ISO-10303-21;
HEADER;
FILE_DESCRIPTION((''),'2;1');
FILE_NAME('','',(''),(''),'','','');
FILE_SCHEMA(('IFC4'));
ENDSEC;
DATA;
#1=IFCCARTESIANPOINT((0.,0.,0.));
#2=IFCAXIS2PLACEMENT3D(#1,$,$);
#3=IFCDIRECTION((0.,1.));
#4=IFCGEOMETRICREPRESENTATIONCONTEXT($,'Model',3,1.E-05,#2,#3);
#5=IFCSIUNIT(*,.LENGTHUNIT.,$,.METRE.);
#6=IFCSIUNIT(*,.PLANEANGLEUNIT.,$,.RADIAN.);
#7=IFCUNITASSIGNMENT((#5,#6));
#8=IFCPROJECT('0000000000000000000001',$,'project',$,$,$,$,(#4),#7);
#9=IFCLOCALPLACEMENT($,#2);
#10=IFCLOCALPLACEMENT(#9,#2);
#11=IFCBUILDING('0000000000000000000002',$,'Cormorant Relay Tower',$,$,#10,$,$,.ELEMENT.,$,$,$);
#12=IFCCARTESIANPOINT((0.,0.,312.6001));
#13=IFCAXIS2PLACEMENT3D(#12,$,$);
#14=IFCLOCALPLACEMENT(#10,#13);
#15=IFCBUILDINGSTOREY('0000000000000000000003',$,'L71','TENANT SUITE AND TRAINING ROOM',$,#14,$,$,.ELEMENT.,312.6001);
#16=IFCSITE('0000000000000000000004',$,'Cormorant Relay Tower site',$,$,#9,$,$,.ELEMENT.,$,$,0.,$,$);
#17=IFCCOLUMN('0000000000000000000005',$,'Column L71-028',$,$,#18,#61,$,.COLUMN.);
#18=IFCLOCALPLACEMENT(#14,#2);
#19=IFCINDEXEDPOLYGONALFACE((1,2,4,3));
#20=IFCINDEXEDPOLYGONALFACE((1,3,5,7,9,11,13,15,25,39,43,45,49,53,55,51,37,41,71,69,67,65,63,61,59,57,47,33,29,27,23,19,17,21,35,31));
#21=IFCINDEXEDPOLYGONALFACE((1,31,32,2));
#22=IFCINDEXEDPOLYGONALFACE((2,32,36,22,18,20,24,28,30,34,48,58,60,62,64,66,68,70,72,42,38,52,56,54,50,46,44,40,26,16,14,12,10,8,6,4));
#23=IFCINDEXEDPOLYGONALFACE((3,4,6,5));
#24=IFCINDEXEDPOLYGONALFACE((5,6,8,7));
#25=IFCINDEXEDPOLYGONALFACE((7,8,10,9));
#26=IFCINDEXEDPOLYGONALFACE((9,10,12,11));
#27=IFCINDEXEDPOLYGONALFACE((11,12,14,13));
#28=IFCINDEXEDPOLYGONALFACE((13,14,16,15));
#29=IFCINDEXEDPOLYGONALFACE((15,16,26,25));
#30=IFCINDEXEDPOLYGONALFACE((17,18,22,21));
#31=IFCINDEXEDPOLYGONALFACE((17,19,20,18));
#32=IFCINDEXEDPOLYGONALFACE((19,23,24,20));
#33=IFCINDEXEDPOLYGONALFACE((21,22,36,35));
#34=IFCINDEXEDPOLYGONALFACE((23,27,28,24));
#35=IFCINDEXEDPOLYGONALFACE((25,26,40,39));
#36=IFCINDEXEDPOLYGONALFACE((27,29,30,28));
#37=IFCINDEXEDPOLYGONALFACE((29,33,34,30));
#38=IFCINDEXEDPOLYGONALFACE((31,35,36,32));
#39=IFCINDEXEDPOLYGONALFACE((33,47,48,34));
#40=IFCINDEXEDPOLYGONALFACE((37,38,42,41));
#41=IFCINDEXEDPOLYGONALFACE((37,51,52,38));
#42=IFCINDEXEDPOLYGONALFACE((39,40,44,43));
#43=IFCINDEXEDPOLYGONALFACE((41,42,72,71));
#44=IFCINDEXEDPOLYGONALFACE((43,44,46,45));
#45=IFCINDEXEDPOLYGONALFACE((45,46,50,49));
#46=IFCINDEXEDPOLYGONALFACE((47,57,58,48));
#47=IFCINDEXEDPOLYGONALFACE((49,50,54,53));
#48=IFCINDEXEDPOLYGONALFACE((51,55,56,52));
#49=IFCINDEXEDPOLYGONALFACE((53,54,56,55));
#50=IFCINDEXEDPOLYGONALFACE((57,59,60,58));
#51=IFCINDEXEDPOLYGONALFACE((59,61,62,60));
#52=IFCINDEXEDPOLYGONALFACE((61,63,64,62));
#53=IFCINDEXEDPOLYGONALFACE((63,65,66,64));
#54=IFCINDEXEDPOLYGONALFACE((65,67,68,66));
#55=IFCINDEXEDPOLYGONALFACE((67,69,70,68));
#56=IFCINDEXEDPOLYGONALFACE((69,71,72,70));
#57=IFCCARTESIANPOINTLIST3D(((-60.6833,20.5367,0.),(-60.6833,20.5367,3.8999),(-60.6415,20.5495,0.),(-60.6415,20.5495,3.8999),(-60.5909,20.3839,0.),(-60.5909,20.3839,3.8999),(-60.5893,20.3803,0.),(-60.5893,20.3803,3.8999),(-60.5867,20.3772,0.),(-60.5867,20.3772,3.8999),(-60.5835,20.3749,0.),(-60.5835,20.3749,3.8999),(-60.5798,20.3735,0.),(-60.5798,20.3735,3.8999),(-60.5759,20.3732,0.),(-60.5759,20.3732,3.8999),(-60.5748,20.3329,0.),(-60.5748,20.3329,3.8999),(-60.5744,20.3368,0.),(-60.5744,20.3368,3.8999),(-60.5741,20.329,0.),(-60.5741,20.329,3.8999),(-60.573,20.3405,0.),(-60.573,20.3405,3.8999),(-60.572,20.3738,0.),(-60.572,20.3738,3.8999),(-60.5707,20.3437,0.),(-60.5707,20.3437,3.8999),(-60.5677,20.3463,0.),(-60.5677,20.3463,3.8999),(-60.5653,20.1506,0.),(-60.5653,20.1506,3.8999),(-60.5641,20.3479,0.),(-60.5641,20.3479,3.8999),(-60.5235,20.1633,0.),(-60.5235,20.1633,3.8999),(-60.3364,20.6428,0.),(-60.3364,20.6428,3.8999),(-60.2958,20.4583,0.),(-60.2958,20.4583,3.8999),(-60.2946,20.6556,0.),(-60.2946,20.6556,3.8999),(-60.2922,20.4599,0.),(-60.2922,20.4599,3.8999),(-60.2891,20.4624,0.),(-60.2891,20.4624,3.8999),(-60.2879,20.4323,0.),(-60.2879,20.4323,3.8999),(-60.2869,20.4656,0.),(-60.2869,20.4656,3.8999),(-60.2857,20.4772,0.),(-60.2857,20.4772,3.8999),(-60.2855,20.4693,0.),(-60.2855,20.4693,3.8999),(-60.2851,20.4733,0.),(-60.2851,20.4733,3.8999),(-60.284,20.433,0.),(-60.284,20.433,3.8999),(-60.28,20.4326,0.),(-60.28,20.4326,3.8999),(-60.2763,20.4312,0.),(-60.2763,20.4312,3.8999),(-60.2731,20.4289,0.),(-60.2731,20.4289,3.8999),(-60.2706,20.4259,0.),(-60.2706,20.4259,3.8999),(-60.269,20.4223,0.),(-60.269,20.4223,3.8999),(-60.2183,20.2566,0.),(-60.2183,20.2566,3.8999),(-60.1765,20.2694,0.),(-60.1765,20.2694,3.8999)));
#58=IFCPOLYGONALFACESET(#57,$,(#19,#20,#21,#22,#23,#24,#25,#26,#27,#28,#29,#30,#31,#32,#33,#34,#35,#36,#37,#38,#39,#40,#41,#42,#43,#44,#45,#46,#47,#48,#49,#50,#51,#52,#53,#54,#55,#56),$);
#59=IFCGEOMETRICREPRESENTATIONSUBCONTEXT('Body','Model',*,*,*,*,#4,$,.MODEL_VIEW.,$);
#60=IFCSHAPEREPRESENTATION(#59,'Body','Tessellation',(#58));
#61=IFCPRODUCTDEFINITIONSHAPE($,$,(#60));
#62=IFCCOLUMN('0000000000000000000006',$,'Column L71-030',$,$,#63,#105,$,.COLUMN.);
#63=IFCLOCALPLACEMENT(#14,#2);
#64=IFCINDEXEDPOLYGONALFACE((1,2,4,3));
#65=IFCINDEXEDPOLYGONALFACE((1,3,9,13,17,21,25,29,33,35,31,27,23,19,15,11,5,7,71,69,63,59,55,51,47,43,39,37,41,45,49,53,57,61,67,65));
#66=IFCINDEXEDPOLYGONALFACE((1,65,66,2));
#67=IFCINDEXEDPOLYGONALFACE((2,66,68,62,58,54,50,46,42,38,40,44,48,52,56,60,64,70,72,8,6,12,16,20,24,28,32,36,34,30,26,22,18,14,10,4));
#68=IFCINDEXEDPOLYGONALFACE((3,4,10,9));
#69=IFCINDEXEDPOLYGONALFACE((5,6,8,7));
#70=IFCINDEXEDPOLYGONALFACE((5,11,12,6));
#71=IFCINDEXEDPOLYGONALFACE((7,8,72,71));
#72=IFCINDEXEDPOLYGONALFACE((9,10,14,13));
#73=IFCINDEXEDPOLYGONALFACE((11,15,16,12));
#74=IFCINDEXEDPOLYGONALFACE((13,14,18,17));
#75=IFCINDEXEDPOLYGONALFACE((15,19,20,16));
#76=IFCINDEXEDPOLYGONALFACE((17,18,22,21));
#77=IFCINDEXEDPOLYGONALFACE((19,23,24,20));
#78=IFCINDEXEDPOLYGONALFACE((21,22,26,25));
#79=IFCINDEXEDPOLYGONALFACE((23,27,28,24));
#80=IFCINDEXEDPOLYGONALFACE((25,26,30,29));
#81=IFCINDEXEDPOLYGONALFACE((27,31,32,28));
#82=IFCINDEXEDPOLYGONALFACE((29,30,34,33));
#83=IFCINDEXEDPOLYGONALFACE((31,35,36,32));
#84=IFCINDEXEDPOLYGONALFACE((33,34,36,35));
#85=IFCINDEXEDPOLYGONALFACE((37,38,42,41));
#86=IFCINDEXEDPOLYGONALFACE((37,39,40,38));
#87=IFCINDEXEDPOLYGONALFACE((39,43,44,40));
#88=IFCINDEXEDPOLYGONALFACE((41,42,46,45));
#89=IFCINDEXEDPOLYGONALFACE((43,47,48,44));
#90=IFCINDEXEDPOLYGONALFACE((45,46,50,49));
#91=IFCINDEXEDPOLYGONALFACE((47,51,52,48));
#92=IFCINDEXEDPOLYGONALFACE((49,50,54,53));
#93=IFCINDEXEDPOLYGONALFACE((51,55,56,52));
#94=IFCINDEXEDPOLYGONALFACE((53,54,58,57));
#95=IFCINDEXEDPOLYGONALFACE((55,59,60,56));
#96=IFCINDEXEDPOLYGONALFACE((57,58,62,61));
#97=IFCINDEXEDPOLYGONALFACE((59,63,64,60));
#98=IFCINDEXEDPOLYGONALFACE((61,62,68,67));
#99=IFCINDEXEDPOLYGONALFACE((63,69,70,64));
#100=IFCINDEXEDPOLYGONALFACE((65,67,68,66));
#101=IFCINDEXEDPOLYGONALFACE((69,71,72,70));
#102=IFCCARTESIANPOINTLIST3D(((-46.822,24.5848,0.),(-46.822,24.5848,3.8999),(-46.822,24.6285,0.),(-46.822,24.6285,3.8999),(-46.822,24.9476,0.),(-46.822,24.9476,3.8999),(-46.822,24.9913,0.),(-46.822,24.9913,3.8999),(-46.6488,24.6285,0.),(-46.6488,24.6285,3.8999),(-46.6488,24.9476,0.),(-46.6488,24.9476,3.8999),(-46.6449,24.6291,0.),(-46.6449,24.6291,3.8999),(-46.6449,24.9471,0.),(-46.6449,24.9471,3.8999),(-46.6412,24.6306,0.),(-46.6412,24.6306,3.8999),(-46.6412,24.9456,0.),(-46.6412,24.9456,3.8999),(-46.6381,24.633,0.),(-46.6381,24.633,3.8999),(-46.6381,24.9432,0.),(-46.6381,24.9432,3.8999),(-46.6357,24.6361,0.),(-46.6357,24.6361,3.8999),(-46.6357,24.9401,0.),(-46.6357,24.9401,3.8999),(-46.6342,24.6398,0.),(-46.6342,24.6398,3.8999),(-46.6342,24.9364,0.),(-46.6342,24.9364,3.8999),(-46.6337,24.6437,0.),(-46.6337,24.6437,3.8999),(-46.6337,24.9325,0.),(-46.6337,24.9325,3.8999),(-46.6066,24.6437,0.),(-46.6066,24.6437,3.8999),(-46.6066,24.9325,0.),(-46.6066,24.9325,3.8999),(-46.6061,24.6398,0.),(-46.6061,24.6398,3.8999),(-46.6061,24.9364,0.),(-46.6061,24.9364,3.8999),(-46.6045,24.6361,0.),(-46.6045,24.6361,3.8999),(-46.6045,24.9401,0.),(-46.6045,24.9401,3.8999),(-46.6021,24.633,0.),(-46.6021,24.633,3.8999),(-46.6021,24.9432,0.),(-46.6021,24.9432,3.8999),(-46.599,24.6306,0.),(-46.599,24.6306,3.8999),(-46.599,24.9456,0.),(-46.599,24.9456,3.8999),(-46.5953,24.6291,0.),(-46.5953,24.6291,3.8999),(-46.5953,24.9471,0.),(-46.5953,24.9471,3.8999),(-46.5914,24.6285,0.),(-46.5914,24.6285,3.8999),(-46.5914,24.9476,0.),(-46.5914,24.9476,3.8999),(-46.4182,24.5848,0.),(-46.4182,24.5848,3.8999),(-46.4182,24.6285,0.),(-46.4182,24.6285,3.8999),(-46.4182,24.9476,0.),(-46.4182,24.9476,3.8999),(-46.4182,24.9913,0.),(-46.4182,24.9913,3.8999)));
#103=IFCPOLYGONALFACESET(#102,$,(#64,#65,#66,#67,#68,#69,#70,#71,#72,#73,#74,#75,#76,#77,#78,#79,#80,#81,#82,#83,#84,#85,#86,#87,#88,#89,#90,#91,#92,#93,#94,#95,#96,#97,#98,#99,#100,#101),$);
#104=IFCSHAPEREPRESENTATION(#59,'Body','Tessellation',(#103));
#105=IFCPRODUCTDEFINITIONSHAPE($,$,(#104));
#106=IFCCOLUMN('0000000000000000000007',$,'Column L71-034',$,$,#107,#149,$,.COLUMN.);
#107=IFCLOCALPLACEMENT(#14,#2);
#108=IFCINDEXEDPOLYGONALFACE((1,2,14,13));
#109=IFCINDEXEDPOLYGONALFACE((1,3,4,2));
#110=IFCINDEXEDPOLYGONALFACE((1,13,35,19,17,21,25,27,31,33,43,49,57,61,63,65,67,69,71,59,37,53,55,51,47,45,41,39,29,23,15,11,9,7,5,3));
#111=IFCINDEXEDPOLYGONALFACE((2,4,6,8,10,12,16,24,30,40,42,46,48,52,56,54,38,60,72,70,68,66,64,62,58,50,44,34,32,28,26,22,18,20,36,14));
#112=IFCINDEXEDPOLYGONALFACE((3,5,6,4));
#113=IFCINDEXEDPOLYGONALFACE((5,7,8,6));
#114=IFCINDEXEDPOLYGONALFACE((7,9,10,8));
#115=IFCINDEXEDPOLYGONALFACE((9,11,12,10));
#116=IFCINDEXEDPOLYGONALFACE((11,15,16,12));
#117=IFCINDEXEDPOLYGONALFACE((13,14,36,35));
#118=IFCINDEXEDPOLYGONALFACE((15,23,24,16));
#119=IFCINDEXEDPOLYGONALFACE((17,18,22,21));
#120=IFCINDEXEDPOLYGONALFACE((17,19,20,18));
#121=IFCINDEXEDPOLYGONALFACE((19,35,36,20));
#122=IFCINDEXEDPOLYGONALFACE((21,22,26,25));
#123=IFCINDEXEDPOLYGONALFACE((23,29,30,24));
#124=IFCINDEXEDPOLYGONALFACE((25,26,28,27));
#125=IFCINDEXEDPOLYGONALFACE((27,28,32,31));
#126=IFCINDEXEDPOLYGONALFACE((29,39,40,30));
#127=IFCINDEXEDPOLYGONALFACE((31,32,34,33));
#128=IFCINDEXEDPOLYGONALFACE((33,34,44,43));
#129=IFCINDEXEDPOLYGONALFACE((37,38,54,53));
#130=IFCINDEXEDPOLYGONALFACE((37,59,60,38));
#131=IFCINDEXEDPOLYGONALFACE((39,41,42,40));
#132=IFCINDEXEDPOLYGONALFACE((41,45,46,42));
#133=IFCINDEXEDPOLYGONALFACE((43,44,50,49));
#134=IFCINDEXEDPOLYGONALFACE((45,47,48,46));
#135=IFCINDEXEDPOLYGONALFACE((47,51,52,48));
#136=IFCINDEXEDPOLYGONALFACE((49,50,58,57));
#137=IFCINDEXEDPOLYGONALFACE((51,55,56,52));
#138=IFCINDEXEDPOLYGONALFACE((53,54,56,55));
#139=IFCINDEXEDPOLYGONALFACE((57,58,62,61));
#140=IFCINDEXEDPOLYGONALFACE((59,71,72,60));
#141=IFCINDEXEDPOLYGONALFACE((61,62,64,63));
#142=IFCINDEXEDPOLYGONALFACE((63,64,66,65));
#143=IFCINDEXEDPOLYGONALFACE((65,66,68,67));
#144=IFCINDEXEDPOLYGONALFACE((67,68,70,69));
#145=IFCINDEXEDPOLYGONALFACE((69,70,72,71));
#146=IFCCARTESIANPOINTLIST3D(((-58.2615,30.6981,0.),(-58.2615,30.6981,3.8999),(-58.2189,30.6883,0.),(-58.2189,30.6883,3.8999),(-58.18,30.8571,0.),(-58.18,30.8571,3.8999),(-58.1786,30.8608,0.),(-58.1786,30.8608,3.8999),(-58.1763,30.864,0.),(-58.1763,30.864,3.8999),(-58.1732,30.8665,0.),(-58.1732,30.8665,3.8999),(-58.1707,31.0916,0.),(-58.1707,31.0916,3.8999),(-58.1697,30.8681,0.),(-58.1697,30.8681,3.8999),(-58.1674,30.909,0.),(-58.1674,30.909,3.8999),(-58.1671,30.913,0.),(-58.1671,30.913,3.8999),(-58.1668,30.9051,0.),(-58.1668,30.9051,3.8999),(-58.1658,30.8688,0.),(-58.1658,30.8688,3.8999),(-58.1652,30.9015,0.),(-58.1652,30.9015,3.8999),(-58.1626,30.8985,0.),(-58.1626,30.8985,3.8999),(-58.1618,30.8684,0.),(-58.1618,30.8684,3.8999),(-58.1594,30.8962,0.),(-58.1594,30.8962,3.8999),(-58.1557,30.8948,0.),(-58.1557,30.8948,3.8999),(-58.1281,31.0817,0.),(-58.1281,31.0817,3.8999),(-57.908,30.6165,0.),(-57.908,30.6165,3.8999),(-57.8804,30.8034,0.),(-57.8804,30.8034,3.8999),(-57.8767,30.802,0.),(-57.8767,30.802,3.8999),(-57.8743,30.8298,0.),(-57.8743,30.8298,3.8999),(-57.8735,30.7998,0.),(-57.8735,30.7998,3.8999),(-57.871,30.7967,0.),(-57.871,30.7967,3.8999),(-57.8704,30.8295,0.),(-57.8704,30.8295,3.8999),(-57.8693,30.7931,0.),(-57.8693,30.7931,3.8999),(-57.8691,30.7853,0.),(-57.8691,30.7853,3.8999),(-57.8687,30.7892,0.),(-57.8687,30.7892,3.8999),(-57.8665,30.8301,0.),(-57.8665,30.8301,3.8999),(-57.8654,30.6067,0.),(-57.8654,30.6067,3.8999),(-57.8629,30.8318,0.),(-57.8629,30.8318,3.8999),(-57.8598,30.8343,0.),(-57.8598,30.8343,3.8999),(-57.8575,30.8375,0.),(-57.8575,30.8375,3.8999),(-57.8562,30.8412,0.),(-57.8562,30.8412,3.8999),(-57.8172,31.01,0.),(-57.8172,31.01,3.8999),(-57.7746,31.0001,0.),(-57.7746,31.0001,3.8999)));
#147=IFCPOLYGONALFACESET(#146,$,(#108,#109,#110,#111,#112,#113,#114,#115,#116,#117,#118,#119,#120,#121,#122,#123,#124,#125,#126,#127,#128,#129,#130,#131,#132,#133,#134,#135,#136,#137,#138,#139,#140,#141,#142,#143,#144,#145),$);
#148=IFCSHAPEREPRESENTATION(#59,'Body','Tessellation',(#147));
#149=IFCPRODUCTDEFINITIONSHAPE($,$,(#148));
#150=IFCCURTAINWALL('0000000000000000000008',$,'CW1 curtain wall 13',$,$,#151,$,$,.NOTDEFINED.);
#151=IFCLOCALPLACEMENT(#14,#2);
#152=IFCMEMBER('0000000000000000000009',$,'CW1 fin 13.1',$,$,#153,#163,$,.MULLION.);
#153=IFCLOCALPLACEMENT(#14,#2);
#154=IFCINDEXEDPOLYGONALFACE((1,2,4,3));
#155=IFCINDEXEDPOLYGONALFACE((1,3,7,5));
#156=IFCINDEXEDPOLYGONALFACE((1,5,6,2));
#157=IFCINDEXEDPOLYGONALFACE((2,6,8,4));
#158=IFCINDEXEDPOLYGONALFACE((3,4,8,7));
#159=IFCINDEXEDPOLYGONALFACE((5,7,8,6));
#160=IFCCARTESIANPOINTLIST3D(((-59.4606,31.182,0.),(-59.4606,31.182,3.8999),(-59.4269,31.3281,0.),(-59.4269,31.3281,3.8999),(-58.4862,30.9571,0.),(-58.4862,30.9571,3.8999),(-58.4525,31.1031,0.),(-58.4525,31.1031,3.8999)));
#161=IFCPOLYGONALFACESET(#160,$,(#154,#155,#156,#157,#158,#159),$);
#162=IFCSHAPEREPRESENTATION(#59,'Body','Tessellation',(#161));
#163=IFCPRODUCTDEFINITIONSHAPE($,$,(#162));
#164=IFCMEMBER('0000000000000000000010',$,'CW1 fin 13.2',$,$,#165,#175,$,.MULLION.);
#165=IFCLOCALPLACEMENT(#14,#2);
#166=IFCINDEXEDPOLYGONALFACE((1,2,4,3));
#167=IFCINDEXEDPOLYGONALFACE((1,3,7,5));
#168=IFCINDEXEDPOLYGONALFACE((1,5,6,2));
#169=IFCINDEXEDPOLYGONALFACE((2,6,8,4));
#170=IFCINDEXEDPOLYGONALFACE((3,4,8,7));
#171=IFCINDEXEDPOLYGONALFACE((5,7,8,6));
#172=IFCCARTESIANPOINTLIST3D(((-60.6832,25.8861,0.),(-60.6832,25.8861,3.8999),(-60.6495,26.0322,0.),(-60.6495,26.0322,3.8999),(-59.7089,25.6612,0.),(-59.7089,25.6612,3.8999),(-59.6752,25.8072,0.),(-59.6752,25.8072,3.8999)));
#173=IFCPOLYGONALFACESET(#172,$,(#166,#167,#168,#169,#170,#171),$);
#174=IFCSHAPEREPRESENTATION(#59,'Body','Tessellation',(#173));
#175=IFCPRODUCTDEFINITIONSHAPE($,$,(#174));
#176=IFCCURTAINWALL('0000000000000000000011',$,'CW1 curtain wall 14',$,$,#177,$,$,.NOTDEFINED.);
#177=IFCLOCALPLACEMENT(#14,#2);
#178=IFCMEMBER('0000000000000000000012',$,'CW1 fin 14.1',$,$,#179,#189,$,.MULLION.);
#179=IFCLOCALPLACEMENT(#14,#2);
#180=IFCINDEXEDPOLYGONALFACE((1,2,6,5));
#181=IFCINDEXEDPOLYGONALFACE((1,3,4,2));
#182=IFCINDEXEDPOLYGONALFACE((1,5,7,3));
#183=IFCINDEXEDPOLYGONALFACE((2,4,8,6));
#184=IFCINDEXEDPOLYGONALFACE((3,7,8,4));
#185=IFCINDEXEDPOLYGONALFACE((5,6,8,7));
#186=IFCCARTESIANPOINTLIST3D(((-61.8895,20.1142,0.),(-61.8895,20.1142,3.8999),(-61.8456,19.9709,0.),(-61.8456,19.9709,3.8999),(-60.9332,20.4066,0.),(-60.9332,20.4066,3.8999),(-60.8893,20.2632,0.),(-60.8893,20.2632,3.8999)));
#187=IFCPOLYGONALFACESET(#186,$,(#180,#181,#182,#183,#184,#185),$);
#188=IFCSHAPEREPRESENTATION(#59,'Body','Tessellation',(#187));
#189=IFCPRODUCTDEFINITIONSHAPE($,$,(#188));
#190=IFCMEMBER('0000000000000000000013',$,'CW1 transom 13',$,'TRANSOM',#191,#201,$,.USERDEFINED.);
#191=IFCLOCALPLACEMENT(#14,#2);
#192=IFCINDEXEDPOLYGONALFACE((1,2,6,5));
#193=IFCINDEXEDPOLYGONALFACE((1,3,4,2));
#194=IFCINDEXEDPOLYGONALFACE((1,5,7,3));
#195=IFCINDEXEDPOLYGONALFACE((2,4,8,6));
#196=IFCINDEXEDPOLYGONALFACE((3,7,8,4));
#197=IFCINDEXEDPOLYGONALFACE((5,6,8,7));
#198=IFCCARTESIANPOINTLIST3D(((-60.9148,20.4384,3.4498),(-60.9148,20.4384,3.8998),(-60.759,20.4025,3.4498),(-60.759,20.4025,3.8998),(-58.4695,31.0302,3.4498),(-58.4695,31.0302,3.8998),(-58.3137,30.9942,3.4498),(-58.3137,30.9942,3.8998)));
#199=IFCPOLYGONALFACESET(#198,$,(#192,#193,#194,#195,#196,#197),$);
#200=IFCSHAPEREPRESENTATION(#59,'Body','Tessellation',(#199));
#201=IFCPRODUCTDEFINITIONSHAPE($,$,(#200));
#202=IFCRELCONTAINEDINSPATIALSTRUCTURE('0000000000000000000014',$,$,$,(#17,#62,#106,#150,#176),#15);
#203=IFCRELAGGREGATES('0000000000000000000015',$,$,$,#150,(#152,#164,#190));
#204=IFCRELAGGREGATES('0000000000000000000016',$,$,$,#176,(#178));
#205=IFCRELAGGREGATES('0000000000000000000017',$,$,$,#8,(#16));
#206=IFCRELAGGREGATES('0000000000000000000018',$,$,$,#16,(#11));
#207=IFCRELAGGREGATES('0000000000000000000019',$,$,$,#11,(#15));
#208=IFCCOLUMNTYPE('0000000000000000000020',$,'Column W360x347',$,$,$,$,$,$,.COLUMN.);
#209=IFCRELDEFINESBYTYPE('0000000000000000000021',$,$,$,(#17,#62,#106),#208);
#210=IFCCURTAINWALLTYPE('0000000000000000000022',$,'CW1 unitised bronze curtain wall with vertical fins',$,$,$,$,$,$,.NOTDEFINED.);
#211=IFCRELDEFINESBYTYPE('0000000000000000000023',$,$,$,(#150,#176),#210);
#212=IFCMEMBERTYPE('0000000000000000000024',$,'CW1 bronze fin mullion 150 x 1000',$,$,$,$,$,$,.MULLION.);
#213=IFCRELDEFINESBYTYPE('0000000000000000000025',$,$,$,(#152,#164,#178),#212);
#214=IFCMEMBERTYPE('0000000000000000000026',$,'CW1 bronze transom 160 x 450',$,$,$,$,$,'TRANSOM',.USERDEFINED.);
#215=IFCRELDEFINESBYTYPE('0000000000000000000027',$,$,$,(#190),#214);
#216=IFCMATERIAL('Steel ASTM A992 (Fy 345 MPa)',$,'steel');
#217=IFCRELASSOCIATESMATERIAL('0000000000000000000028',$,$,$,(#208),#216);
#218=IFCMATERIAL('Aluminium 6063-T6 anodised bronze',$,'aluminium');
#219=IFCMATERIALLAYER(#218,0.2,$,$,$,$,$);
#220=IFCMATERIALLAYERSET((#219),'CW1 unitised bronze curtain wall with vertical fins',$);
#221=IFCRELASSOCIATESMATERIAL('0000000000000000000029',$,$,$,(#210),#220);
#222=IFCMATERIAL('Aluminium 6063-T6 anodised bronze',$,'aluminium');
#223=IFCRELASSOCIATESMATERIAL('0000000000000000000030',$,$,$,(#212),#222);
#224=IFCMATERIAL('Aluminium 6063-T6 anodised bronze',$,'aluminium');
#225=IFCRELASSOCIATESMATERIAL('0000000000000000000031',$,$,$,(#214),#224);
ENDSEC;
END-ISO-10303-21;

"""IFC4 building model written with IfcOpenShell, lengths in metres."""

from ifc_helpers import new_model, si_unit, direction, frame, origin, origin_2d, place, context, subcontext, project, spatial, rectangle, i_section, extrude, material, layer, layer_set, material_profile, profile_set, type_object, element, aggregate, save


model = new_model("IFC4")

# Units and contexts
model_context = context("Model", 3, precision=1e-05, world=origin(), true_north=direction((0.0, 1.0)))
body_context = subcontext(model_context, "Body", "Model", "MODEL_VIEW")
ifc_project = project(units=[si_unit("LENGTHUNIT", "METRE"), si_unit("PLANEANGLEUNIT", "RADIAN")], contexts=[model_context])

# Site, building, storey
site_placement = place(None, origin())
site = spatial("IfcSite", under=ifc_project, at=site_placement, Name="Cormorant Relay Tower site", CompositionType="ELEMENT", RefElevation=0.0)
building_placement = place(site_placement, origin())
building = spatial("IfcBuilding", under=site, at=building_placement, Name="Cormorant Relay Tower", CompositionType="ELEMENT")
storey_placement = place(building_placement, frame((0.0, 0.0, 312.6001)))
storey = spatial("IfcBuildingStorey", under=building, at=storey_placement, Name="L71", Description="TENANT SUITE AND TRAINING ROOM", CompositionType="ELEMENT", Elevation=312.6001)

# Columns
ifc_material_1 = material(Name="Steel ASTM A992 (Fy 345 MPa)", Category="steel")
ifc_material_profile_1 = material_profile(ifc_material_1, i_section(OverallWidth=0.4038, OverallDepth=0.4065, WebThickness=0.0271, FlangeThickness=0.0437, FilletRadius=0.0151, at=origin_2d()), Name="W360x347")
ifc_profile_set_1 = profile_set([ifc_material_profile_1], Name="Steel ASTM A992 (Fy 345 MPa)")
column_type = type_object("IfcColumnType", Name="Column W360x347", PredefinedType="COLUMN", material=ifc_profile_set_1)
for number, where, z_axis, x_axis, name in (
    (1, (-60.4299, 20.4031, 0.0), (0.0, 0.0, 1.0), (0.292372, -0.956305, 0.0), "Column L71-028"),
    (2, (-46.6201, 24.7881, 0.0), (0.0, 0.0, 1.0), (1.0, 0.0, 0.0), "Column L71-030"),
    (3, (-58.0181, 30.8491, 0.0), (0.0, 0.0, 1.0), (-0.224951, -0.97437, 0.0), "Column L71-034"),
):
    element("IfcColumn", number, at=place(storey_placement, frame(where, z_axis=z_axis, x_axis=x_axis)), inside=storey, type_object=column_type, Name=name, PredefinedType="COLUMN", context=body_context, shape_type="SweptSolid", body=[
        extrude(i_section(OverallWidth=0.4038, OverallDepth=0.4065, WebThickness=0.0271, FlangeThickness=0.0437, FilletRadius=0.0151, at=origin_2d()), origin(), (0.0, 0.0, 1.0), 3.8999),
    ])

# Curtain wall, members
ifc_material_2 = material(Name="Aluminium 6063-T6 anodised bronze", Category="aluminium")
ifc_layer_1 = layer(ifc_material_2, 0.2)
ifc_layer_set_1 = layer_set([ifc_layer_1], Name="CW1 unitised bronze curtain wall with vertical fins")
curtain_wall_type = type_object("IfcCurtainWallType", Name="CW1 unitised bronze curtain wall with vertical fins", PredefinedType="NOTDEFINED", material=ifc_layer_set_1)
curtain_wall_1_placement = place(storey_placement, origin())
curtain_wall_1 = element("IfcCurtainWall", 4, at=curtain_wall_1_placement, inside=storey, type_object=curtain_wall_type, Name="CW1 curtain wall 13", PredefinedType="NOTDEFINED")
ifc_material_3 = material(Name="Aluminium 6063-T6 anodised bronze", Category="aluminium")
ifc_material_profile_2 = material_profile(ifc_material_3, rectangle(XDim=0.1499, YDim=1.0, at=origin_2d()), Name="AL 150x1000")
ifc_profile_set_2 = profile_set([ifc_material_profile_2], Name="Aluminium 6063-T6 anodised bronze")
member_type_1 = type_object("IfcMemberType", Name="CW1 bronze fin mullion 150 x 1000", PredefinedType="MULLION", material=ifc_profile_set_2)
member_1_placement = place(storey_placement, frame((-58.9565, 31.1426, 0.0), z_axis=(0.0, 0.0, 1.0), x_axis=(-0.224951, -0.97437, 0.0)))
member_1 = element("IfcMember", 5, at=member_1_placement, type_object=member_type_1, Name="CW1 fin 13.1", PredefinedType="MULLION", context=body_context, shape_type="SweptSolid", body=[
    extrude(rectangle(XDim=0.1499, YDim=1.0, at=origin_2d()), origin(), (0.0, 0.0, 1.0), 3.8999),
])
member_2_placement = place(storey_placement, frame((-60.1792, 25.8467, 0.0), z_axis=(0.0, 0.0, 1.0), x_axis=(-0.224951, -0.97437, 0.0)))
member_2 = element("IfcMember", 6, at=member_2_placement, type_object=member_type_1, Name="CW1 fin 13.2", PredefinedType="MULLION", context=body_context, shape_type="SweptSolid", body=[
    extrude(rectangle(XDim=0.1499, YDim=1.0, at=origin_2d()), origin(), (0.0, 0.0, 1.0), 3.8999),
])

# Curtain wall, member
curtain_wall_2_placement = place(storey_placement, origin())
curtain_wall_2 = element("IfcCurtainWall", 7, at=curtain_wall_2_placement, inside=storey, type_object=curtain_wall_type, Name="CW1 curtain wall 14", PredefinedType="NOTDEFINED")
member_3_placement = place(storey_placement, frame((-61.3894, 20.1887, 0.0), z_axis=(0.0, 0.0, 1.0), x_axis=(0.292372, -0.956305, 0.0)))
member_3 = element("IfcMember", 8, at=member_3_placement, type_object=member_type_1, Name="CW1 fin 14.1", PredefinedType="MULLION", context=body_context, shape_type="SweptSolid", body=[
    extrude(rectangle(XDim=0.1499, YDim=1.0, at=origin_2d()), origin(), (0.0, 0.0, 1.0), 3.8999),
])

# Member
ifc_material_4 = material(Name="Aluminium 6063-T6 anodised bronze", Category="aluminium")
ifc_material_profile_3 = material_profile(ifc_material_4, rectangle(XDim=0.1599, YDim=0.45, at=origin_2d()), Name="AL 160x450")
ifc_profile_set_3 = profile_set([ifc_material_profile_3], Name="Aluminium 6063-T6 anodised bronze")
member_type_2 = type_object("IfcMemberType", Name="CW1 bronze transom 160 x 450", ElementType="TRANSOM", PredefinedType="USERDEFINED", material=ifc_profile_set_3)
member_4_placement = place(storey_placement, frame((-58.3916, 31.0122, 3.6748), z_axis=(-0.224951, -0.97437, 0.0), x_axis=(0.97437, -0.224951, 0.0)))
member_4 = element("IfcMember", 9, at=member_4_placement, type_object=member_type_2, Name="CW1 transom 13", ObjectType="TRANSOM", PredefinedType="USERDEFINED", context=body_context, shape_type="SweptSolid", body=[
    extrude(rectangle(XDim=0.1599, YDim=0.45, at=origin_2d()), origin(), (0.0, 0.0, 1.0), 10.8704),
])

aggregate(curtain_wall_1, [member_1, member_2, member_4])
aggregate(curtain_wall_2, [member_3])

save(model, "model.ifc")
